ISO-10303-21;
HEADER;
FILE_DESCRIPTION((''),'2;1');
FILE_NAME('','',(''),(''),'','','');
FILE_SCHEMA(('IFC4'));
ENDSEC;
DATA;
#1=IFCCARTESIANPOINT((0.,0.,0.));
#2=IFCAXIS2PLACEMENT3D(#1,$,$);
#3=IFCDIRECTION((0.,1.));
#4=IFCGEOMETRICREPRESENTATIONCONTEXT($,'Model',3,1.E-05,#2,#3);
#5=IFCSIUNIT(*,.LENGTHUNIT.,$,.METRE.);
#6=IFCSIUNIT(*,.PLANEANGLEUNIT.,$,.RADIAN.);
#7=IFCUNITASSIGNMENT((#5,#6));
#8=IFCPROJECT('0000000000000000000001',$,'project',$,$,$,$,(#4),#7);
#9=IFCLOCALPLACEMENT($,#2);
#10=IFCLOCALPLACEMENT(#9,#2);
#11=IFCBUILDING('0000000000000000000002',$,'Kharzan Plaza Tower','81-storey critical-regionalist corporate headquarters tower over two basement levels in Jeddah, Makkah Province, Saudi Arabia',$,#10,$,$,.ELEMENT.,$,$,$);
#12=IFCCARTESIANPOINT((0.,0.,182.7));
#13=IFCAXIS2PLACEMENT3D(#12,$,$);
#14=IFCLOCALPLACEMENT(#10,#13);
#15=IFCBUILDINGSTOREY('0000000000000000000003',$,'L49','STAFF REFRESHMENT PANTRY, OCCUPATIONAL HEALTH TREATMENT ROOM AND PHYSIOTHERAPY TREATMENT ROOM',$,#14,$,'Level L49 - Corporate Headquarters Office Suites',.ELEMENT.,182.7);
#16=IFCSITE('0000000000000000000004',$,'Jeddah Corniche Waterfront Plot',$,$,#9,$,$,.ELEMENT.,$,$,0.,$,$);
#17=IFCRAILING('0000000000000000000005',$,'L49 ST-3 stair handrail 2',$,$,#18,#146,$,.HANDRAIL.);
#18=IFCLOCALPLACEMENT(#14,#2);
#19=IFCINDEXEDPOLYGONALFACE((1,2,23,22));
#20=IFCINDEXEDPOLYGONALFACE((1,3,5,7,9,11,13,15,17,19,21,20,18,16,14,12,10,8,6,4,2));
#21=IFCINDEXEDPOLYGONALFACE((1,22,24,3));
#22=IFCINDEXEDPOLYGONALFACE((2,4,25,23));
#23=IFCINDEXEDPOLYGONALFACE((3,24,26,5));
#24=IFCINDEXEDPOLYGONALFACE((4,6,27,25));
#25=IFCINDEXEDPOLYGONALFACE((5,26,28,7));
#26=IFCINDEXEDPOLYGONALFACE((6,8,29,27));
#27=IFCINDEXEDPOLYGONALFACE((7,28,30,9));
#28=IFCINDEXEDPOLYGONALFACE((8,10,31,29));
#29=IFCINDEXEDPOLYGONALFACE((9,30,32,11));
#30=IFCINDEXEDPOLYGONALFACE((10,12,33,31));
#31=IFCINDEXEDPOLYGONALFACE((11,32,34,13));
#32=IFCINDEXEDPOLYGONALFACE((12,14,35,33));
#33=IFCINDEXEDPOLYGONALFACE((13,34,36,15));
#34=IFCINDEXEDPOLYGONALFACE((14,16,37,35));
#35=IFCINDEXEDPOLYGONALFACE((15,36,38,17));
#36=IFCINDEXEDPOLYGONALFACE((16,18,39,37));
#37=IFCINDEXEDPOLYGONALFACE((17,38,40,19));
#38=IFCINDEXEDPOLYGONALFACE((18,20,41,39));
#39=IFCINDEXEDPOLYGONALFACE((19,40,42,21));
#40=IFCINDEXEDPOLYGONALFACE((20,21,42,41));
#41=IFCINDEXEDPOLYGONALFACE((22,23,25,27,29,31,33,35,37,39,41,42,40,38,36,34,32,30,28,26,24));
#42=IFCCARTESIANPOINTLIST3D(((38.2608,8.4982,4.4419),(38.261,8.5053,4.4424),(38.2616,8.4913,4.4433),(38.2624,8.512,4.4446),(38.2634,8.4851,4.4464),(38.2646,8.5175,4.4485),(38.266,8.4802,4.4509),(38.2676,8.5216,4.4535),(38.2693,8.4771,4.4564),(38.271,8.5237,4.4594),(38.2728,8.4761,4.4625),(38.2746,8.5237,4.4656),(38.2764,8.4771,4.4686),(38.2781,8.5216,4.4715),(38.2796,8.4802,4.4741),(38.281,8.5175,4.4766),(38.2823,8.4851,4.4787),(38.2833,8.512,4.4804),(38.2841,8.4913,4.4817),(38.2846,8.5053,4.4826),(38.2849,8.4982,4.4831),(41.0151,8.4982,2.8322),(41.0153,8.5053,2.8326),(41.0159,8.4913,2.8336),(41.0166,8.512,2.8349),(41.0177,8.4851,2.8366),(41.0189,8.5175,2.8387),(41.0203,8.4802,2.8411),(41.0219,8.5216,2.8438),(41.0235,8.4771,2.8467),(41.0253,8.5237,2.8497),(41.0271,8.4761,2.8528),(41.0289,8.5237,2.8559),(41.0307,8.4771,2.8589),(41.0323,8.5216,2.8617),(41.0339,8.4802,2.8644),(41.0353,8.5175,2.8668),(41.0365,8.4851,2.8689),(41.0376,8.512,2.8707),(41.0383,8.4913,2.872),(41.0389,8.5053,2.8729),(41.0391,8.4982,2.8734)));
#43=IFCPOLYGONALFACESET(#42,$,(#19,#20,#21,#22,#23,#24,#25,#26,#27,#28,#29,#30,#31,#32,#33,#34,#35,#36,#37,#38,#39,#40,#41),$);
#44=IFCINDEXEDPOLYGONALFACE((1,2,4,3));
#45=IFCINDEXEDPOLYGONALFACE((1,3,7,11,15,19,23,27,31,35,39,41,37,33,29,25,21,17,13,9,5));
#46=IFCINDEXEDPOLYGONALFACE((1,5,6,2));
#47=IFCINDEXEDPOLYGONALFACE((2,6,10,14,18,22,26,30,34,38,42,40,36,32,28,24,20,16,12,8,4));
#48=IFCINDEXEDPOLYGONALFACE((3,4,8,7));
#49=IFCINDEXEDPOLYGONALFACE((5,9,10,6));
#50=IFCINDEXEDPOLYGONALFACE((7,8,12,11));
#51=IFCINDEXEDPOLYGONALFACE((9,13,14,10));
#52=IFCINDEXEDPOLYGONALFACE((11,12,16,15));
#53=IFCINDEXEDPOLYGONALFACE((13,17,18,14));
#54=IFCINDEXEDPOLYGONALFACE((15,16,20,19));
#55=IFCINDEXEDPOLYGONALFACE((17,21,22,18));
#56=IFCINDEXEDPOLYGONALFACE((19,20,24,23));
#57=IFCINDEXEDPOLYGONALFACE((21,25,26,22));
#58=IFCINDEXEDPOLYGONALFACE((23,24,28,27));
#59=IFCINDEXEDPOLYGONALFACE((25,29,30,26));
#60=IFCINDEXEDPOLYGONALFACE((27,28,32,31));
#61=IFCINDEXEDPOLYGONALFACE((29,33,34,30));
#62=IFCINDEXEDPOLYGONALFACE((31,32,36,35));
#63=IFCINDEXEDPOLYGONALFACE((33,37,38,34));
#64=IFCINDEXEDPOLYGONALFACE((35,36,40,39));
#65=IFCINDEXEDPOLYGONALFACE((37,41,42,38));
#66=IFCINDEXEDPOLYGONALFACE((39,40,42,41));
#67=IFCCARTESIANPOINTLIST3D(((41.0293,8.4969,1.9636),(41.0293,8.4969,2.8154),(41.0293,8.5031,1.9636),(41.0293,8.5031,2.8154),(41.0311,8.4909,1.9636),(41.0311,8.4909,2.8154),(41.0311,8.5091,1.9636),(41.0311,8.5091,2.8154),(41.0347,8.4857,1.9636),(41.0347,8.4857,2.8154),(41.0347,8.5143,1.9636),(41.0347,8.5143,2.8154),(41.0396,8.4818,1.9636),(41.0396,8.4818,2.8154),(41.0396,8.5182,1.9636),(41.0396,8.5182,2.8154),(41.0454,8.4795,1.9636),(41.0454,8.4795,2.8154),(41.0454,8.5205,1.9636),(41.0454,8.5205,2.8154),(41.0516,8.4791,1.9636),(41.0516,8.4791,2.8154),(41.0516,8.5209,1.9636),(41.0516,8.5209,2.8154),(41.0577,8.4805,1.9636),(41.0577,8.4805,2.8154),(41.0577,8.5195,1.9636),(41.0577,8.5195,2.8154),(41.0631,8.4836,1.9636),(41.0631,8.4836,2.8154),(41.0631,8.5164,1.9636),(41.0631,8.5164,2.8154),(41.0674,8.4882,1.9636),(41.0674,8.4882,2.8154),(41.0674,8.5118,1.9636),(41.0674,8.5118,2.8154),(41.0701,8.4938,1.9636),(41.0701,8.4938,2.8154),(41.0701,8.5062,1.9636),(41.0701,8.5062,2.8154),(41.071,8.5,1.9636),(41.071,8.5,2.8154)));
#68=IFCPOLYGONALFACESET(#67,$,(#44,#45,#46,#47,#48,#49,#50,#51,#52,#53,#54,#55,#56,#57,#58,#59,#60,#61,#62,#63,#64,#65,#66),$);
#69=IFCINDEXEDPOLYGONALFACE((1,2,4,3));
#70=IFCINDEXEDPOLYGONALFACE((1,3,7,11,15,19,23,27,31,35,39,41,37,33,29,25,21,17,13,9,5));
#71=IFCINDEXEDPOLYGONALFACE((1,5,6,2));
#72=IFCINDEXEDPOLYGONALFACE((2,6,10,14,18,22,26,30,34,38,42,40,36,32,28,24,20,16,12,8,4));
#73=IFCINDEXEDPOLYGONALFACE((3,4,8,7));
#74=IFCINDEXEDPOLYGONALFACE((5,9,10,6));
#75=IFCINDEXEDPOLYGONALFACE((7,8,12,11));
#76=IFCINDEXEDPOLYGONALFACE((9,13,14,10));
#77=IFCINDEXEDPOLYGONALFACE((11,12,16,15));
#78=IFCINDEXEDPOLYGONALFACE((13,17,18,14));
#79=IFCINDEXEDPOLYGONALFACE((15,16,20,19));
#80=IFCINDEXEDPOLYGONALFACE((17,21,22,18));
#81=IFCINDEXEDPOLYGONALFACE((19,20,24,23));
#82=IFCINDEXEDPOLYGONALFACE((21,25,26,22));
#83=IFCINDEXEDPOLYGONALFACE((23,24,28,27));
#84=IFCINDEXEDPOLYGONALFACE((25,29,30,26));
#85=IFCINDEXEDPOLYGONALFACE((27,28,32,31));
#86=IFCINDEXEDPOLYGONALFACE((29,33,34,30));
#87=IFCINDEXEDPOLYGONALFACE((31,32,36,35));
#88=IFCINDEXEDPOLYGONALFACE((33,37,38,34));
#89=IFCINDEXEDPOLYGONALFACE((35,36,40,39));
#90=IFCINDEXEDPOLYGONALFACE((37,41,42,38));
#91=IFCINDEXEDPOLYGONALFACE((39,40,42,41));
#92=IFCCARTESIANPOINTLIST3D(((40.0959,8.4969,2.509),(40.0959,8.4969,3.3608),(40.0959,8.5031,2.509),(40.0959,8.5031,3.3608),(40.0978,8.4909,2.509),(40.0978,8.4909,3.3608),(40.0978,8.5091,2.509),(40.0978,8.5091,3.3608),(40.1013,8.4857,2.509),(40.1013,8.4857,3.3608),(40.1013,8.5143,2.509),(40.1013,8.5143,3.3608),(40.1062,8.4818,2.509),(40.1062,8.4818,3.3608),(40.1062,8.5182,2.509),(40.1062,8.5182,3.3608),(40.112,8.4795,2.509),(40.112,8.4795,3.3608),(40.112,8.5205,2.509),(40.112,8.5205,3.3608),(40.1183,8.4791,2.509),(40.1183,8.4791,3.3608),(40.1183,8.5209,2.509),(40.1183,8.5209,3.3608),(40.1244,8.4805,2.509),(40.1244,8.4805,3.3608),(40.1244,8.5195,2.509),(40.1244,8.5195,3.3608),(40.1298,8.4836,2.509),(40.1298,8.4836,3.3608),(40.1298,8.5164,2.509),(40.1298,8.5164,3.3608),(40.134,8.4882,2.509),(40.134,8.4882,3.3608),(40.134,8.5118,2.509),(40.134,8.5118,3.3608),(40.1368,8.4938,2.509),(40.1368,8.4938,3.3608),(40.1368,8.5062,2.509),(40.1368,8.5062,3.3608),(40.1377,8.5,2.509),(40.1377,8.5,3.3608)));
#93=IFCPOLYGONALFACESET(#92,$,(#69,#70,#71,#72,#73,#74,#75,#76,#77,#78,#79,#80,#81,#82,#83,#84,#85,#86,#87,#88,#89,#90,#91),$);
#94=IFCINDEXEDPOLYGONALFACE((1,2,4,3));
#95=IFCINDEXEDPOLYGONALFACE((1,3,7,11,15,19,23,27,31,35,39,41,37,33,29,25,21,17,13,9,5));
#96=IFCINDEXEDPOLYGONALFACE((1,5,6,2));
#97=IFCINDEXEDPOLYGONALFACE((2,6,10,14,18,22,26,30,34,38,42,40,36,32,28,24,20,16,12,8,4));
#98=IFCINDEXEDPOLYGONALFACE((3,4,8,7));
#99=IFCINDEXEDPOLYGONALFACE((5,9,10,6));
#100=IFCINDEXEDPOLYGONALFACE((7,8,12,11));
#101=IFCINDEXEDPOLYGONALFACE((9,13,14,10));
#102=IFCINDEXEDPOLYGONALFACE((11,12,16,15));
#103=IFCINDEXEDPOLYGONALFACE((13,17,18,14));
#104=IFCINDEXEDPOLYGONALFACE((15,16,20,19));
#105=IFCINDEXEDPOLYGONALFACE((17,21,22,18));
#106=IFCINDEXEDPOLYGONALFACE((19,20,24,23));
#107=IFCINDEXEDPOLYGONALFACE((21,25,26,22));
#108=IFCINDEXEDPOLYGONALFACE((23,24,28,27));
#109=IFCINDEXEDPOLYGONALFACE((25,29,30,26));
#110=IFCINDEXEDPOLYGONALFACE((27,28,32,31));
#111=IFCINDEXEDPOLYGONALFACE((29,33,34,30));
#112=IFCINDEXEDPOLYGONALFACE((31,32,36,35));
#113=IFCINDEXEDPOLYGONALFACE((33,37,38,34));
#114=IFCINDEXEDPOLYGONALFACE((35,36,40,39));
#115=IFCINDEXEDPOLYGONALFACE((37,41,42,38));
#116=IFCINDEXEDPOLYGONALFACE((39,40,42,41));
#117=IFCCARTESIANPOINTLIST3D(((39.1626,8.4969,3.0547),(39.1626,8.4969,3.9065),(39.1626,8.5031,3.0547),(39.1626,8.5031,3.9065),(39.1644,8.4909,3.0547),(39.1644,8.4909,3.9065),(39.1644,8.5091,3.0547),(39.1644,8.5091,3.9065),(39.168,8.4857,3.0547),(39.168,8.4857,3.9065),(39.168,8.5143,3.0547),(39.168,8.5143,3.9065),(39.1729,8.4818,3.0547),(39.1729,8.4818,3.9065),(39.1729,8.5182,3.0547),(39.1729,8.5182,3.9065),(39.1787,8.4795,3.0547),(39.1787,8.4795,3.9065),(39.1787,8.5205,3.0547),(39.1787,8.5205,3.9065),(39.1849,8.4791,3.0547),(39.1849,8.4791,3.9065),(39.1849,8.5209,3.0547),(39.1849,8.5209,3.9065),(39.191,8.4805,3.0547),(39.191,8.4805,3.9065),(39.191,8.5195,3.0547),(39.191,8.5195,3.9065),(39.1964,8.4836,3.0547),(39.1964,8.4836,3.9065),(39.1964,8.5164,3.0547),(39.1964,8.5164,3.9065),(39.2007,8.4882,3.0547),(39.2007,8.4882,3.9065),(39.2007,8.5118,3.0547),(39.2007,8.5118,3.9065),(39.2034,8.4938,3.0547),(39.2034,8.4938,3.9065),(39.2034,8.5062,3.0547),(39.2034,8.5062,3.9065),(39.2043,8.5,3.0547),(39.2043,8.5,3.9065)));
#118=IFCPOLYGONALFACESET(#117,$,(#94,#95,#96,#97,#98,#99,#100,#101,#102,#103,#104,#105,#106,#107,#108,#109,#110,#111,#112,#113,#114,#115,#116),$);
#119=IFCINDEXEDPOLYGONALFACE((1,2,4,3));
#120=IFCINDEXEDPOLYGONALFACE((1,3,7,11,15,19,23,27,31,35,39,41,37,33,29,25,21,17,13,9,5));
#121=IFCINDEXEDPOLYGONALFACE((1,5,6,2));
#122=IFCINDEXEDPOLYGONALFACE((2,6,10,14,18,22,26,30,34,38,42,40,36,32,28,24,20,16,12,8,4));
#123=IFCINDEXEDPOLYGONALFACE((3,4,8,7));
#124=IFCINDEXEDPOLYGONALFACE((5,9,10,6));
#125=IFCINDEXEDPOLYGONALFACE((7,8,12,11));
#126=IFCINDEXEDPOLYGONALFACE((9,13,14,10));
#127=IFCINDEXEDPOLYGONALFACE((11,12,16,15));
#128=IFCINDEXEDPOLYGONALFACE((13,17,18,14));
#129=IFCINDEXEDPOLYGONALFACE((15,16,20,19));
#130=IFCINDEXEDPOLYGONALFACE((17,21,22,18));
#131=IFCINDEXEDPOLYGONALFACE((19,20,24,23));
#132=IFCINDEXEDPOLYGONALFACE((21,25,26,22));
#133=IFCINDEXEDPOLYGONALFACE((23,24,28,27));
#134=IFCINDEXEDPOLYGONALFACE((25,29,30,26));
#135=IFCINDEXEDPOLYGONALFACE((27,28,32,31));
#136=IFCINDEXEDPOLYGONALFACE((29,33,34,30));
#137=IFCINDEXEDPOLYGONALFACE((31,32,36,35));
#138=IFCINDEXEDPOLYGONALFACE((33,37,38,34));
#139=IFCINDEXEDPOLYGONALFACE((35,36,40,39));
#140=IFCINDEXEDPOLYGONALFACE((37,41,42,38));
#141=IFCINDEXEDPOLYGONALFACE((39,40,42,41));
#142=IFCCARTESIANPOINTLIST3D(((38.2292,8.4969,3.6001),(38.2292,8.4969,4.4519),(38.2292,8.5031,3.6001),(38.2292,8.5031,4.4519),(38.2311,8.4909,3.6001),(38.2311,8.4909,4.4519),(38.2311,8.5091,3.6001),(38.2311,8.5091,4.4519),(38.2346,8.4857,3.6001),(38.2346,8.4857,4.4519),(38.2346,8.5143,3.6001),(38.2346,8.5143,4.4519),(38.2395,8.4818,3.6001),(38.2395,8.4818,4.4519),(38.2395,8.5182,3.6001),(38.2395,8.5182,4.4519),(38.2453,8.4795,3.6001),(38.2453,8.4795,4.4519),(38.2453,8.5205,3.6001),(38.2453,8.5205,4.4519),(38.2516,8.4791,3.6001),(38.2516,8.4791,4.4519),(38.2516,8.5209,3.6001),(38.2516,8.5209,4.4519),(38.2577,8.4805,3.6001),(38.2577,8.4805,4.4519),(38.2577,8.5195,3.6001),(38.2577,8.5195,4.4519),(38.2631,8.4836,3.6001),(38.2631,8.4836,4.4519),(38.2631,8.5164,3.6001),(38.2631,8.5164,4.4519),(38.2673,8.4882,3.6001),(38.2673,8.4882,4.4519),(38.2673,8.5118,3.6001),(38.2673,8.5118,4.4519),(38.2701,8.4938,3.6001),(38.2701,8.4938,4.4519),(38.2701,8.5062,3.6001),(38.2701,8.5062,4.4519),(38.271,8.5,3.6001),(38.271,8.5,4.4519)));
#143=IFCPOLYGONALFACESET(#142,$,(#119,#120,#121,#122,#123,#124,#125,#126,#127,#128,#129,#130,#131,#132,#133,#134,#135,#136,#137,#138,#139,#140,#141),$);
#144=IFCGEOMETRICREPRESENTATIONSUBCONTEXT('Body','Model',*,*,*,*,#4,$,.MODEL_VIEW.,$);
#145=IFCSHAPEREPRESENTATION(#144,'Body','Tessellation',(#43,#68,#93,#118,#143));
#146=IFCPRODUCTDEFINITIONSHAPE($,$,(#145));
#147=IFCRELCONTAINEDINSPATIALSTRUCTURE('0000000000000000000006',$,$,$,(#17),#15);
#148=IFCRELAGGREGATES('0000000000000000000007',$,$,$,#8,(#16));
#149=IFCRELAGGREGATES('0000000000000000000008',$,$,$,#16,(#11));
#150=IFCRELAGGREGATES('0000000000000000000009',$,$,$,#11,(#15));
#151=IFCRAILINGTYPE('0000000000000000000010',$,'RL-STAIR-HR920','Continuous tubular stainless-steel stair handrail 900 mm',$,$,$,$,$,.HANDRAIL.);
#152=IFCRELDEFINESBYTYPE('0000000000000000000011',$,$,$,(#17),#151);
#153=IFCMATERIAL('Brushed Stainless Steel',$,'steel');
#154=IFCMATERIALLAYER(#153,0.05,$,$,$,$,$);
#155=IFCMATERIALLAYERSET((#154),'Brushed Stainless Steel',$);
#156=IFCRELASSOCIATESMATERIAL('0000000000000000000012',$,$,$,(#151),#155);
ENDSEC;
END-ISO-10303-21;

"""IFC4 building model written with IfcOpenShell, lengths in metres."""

from ifc_helpers import new_model, si_unit, direction, frame, origin, origin_2d, place, context, subcontext, project, spatial, circle, extrude, source, transform, mapped, material, layer, layer_set, type_object, element, save


model = new_model("IFC4")

# Units and contexts
model_context = context("Model", 3, precision=1e-05, world=origin(), true_north=direction((0.0, 1.0)))
body_context = subcontext(model_context, "Body", "Model", "MODEL_VIEW")
ifc_project = project(units=[si_unit("LENGTHUNIT", "METRE"), si_unit("PLANEANGLEUNIT", "RADIAN")], contexts=[model_context])

# Site, building, storey
site_placement = place(None, origin())
site = spatial("IfcSite", under=ifc_project, at=site_placement, Name="Jeddah Corniche Waterfront Plot", CompositionType="ELEMENT", RefElevation=0.0)
building_placement = place(site_placement, origin())
building = spatial("IfcBuilding", under=site, at=building_placement, Name="Kharzan Plaza Tower", Description="81-storey critical-regionalist corporate headquarters tower over two basement levels in Jeddah, Makkah Province, Saudi Arabia", CompositionType="ELEMENT")
storey_placement = place(building_placement, frame((0.0, 0.0, 182.7)))
storey = spatial("IfcBuildingStorey", under=building, at=storey_placement, Name="L49", Description="STAFF REFRESHMENT PANTRY, OCCUPATIONAL HEALTH TREATMENT ROOM AND PHYSIOTHERAPY TREATMENT ROOM", LongName="Level L49 - Corporate Headquarters Office Suites", CompositionType="ELEMENT", Elevation=182.7)

# Railing
ifc_material_1 = material(Name="Brushed Stainless Steel", Category="steel")
ifc_layer_1 = layer(ifc_material_1, 0.05)
ifc_layer_set_1 = layer_set([ifc_layer_1], Name="Brushed Stainless Steel")
railing_type_1 = type_object("IfcRailingType", Name="RL-STAIR-HR920", Description="Continuous tubular stainless-steel stair handrail 900 mm", PredefinedType="HANDRAIL", material=ifc_layer_set_1)
shared_shape_1 = source(origin(), body_context, "Body", "SweptSolid", [
    extrude(circle(Radius=0.0239, at=origin_2d()), frame((-0.0229, 0.0, 0.8892), z_axis=(-0.863361, 0.0, 0.504587), x_axis=(0.0, -1.0, 0.0)), (0.0, 0.0, 1.0), 3.1902),
    extrude(circle(Radius=0.021, at=origin_2d()), origin(), (0.0, 0.0, 1.0), 0.8518),
    extrude(circle(Radius=0.021, at=origin_2d()), frame((-0.9333, 0.0, 0.5454)), (0.0, 0.0, 1.0), 0.8518),
    extrude(circle(Radius=0.021, at=origin_2d()), frame((-1.8667, 0.0, 1.0911)), (0.0, 0.0, 1.0), 0.8518),
    extrude(circle(Radius=0.021, at=origin_2d()), frame((-2.8, 0.0, 1.6365)), (0.0, 0.0, 1.0), 0.8518),
])
railing_1_placement = place(storey_placement, frame((41.05, 8.5, 1.9636)))
element("IfcRailing", 1, at=railing_1_placement, inside=storey, type_object=railing_type_1, Name="L49 ST-3 stair handrail 2", PredefinedType="HANDRAIL", context=body_context, shape_type="MappedRepresentation", body=[
    mapped(shared_shape_1, transform((0.0, 0.0, 0.0), x_axis=(1.0, 0.0, 0.0), y_axis=(0.0, 1.0, 0.0), z_axis=(0.0, 0.0, 1.0))),
])

save(model, "model.ifc")
